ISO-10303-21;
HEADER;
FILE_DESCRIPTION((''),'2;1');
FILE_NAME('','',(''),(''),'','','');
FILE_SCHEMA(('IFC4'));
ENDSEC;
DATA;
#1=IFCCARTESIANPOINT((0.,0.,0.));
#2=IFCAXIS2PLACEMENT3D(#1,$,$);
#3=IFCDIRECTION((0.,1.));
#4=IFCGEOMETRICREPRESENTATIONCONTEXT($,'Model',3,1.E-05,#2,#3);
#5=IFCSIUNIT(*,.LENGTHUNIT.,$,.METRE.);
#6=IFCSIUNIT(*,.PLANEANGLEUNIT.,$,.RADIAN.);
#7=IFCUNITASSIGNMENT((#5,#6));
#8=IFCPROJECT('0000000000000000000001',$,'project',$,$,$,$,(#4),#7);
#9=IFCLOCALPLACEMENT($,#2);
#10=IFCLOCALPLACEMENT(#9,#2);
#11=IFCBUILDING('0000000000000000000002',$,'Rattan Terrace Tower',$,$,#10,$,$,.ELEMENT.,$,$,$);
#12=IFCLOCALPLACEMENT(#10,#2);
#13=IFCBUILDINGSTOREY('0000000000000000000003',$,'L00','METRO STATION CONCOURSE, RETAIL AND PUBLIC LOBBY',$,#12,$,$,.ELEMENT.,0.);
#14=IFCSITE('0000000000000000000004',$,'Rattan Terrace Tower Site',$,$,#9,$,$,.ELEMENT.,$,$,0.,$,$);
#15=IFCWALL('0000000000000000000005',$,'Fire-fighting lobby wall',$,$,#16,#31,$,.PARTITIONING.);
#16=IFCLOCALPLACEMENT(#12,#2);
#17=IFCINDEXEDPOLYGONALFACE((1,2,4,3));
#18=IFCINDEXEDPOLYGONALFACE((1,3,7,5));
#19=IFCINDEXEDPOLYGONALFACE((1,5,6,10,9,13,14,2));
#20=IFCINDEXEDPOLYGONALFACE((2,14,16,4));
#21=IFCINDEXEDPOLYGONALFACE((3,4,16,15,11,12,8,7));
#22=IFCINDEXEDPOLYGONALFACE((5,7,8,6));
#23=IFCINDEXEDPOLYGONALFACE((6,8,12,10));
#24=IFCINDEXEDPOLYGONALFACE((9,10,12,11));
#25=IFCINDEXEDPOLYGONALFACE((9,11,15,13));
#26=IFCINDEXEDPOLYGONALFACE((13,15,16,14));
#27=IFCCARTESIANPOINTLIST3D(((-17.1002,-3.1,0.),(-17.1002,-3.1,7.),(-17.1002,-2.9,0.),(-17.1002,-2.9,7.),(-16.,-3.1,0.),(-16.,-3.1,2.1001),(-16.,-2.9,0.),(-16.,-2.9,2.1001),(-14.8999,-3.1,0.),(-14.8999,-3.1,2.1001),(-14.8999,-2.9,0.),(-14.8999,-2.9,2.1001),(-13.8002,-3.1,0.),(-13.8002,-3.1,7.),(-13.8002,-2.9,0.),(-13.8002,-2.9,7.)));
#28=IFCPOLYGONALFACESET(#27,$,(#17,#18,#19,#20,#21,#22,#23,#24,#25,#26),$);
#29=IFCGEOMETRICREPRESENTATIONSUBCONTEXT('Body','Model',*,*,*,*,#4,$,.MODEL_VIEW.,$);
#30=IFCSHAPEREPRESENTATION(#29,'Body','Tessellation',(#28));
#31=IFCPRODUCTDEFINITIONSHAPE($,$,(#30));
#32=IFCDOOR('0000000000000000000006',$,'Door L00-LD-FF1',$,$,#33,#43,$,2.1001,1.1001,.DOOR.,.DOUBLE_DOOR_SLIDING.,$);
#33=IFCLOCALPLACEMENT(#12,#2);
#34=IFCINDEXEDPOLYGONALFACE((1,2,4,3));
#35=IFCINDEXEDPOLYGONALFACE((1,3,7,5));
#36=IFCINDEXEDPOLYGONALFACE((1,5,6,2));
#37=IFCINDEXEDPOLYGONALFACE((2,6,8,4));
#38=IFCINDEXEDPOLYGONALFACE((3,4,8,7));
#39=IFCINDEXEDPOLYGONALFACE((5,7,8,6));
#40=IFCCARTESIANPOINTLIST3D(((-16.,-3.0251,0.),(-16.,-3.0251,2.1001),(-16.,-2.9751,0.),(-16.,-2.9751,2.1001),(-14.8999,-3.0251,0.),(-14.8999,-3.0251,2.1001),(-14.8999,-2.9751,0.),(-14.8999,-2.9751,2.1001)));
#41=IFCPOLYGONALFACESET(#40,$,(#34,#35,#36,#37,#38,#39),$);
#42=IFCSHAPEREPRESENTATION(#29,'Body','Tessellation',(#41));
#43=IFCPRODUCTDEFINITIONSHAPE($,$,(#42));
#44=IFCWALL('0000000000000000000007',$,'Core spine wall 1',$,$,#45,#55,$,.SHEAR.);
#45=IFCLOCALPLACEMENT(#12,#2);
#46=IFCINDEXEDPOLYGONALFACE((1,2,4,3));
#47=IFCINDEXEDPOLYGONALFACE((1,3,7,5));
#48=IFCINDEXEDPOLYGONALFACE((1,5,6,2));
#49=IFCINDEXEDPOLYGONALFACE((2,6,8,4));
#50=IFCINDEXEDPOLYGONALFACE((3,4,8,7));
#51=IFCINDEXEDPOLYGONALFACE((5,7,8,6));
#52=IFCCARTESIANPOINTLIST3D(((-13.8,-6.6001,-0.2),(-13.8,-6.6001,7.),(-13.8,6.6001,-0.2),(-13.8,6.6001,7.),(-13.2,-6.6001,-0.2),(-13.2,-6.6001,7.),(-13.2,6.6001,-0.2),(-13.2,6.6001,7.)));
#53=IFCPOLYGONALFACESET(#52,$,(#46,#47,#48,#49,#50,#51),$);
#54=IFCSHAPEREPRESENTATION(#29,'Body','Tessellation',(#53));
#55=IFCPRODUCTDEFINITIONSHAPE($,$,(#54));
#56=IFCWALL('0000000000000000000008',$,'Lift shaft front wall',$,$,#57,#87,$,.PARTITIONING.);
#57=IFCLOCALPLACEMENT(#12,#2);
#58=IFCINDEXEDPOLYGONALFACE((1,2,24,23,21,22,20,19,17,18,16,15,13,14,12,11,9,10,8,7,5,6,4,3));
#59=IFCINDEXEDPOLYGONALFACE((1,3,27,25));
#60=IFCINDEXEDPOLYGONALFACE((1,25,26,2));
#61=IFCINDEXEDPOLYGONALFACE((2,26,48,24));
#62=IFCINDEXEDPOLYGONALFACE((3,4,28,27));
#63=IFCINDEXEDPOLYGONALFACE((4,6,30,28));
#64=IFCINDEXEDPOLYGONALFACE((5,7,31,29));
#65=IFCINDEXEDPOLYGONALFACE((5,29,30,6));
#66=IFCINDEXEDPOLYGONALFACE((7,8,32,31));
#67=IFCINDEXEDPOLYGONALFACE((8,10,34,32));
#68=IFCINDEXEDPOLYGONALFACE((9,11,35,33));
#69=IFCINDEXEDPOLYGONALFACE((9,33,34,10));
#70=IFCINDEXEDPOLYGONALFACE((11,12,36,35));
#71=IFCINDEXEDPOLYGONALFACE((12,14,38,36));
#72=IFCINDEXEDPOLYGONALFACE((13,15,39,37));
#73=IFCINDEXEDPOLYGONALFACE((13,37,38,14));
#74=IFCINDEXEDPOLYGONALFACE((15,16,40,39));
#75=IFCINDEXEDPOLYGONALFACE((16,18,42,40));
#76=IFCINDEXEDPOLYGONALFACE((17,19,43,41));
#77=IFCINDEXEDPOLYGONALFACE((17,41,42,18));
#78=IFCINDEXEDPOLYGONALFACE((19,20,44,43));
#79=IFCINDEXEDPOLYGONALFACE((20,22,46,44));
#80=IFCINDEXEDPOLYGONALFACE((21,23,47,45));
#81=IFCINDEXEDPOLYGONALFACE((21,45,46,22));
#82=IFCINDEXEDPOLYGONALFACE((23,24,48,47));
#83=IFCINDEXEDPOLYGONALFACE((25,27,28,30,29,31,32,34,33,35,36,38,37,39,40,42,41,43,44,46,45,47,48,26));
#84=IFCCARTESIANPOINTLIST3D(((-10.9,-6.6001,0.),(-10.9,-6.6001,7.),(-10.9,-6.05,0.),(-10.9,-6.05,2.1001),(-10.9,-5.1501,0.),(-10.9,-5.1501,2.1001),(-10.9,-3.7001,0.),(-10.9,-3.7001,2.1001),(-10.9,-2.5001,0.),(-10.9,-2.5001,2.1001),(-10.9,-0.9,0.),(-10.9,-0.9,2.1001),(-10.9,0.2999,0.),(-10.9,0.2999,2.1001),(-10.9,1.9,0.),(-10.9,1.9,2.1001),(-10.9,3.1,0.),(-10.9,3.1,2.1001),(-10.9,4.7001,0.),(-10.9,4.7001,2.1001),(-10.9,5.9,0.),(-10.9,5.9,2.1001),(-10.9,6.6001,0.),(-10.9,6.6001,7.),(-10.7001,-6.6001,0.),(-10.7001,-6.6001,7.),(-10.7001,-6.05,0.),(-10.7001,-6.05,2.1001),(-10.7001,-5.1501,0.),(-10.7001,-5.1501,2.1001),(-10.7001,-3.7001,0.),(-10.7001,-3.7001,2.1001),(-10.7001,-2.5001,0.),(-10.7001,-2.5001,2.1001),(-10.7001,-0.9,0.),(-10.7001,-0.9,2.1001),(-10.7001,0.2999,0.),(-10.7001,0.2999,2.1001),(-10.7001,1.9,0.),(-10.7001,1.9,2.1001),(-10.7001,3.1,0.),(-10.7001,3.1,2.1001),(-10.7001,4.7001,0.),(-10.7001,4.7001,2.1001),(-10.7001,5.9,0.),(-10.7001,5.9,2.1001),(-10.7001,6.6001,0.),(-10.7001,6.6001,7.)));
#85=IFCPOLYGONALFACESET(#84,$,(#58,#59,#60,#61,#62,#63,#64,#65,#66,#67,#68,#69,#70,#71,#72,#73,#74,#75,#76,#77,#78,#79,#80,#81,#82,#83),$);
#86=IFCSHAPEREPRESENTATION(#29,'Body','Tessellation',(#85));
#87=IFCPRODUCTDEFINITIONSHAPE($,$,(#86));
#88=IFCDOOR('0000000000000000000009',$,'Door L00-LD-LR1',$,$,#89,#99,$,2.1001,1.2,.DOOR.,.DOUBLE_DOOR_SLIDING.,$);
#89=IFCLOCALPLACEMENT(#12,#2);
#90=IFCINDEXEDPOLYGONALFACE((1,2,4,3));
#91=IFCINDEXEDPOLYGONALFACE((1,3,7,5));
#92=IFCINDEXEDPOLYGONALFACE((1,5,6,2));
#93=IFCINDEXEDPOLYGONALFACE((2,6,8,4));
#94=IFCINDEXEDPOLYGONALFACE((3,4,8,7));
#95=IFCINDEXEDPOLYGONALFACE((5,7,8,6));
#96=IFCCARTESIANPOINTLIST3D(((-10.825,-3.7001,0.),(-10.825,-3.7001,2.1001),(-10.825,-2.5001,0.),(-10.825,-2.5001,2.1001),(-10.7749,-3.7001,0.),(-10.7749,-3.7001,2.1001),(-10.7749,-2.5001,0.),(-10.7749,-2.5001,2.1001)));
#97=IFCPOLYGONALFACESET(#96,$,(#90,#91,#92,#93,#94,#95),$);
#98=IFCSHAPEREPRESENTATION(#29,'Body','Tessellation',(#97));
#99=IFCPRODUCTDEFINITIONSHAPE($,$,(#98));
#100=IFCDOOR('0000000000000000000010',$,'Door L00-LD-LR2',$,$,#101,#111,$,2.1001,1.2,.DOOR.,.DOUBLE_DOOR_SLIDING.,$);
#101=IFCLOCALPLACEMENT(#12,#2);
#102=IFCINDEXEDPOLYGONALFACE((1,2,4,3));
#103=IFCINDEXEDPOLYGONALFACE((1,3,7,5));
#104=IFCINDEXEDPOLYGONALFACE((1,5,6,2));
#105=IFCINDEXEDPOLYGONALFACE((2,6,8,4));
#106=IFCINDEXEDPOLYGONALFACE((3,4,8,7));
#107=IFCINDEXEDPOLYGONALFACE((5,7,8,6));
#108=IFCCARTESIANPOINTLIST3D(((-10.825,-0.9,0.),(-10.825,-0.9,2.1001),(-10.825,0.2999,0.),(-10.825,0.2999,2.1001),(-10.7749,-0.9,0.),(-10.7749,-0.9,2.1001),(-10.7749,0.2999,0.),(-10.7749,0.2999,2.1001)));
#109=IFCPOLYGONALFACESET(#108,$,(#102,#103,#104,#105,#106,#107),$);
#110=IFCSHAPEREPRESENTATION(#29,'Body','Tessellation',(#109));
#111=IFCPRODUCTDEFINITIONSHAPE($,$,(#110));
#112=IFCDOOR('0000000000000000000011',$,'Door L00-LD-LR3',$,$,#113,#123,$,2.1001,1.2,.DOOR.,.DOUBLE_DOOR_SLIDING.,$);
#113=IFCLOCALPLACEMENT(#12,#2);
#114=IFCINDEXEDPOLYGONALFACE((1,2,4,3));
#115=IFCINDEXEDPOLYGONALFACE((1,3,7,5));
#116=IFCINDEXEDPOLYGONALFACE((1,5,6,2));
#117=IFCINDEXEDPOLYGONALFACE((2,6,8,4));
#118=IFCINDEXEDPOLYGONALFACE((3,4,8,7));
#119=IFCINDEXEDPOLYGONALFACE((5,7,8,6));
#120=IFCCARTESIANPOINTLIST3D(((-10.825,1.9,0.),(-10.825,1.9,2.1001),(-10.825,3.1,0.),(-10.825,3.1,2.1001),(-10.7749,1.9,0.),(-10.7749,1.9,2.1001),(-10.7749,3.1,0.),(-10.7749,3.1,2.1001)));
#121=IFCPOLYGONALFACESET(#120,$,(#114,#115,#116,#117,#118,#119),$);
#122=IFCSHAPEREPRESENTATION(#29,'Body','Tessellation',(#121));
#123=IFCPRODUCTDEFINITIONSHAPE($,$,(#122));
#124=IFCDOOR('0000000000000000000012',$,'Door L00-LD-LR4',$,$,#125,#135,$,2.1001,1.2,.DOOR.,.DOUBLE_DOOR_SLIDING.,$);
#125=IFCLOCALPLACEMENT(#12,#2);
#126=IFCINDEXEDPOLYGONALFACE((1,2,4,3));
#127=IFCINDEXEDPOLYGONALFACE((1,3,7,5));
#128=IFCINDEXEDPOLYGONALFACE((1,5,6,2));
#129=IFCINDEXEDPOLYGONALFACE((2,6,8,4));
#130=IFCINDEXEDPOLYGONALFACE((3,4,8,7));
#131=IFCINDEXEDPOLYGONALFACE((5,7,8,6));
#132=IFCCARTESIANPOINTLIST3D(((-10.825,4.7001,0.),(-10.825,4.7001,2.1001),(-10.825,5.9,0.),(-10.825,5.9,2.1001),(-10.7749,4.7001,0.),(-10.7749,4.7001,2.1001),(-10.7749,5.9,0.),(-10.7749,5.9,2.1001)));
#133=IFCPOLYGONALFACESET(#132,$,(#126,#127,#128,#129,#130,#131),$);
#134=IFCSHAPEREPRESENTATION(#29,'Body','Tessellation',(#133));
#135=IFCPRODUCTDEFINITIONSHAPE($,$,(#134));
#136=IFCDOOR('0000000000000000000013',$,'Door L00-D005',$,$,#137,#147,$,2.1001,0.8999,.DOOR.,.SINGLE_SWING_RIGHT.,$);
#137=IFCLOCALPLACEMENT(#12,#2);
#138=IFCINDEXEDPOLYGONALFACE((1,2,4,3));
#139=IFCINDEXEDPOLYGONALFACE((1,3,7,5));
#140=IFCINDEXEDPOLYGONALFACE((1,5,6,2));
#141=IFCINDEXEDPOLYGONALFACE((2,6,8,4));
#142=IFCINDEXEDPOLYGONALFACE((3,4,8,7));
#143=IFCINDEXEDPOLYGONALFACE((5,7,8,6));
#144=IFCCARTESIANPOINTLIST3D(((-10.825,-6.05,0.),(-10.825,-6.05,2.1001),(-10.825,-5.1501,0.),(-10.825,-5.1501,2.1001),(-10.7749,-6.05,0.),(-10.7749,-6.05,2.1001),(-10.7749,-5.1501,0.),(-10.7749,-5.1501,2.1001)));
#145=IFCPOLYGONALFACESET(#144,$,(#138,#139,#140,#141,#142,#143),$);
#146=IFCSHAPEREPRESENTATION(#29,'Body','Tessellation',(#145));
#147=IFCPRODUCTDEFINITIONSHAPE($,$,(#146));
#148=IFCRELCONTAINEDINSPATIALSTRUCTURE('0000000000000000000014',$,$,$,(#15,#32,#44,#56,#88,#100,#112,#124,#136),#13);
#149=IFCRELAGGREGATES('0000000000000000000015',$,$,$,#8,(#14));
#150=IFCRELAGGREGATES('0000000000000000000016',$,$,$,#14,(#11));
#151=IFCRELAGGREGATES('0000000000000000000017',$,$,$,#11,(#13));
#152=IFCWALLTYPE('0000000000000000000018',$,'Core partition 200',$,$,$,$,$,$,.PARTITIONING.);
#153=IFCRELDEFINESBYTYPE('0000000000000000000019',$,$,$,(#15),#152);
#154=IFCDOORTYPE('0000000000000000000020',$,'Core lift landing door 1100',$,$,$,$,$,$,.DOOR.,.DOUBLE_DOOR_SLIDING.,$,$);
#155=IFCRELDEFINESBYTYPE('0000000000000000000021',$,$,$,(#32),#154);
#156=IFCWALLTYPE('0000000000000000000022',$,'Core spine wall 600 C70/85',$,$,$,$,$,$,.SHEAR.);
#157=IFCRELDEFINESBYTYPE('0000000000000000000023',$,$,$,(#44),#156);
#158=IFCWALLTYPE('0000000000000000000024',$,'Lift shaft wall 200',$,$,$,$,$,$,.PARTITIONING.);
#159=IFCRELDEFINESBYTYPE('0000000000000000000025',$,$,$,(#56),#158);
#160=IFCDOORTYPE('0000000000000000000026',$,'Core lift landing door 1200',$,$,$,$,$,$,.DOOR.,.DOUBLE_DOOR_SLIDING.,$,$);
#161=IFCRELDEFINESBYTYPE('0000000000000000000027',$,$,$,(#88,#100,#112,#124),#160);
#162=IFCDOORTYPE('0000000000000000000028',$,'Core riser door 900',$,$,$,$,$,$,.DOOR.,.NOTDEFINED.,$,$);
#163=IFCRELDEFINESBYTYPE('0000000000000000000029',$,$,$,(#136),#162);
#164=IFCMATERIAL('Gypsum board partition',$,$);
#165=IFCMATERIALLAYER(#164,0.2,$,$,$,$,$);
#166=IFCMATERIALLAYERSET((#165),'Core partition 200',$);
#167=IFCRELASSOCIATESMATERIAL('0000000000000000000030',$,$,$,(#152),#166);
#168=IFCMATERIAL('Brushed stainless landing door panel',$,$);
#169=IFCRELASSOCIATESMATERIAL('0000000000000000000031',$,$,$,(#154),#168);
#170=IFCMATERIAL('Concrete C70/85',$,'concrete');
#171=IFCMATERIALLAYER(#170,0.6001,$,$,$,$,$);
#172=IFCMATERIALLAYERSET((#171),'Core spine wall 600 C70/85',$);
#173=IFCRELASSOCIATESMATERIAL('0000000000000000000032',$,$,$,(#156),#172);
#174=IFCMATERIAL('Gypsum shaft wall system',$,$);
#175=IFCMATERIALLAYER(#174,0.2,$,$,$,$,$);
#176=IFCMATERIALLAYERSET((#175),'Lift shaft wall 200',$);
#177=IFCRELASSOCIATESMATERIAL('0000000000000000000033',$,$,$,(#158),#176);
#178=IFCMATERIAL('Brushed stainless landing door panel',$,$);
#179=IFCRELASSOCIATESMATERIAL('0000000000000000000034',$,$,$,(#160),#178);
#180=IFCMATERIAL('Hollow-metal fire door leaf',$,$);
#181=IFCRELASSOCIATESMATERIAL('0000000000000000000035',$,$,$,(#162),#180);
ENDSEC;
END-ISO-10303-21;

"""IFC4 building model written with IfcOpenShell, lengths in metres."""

from ifc_helpers import new_model, si_unit, direction, frame, frame_2d, origin, place, context, subcontext, project, spatial, rectangle, extrude, material, layer, layer_set, type_object, element, fill, save


model = new_model("IFC4")

# Units and contexts
model_context = context("Model", 3, precision=1e-05, world=origin(), true_north=direction((0.0, 1.0)))
body_context = subcontext(model_context, "Body", "Model", "MODEL_VIEW")
ifc_project = project(units=[si_unit("LENGTHUNIT", "METRE"), si_unit("PLANEANGLEUNIT", "RADIAN")], contexts=[model_context])

# Site, building, storey
site_placement = place(None, origin())
site = spatial("IfcSite", under=ifc_project, at=site_placement, Name="Rattan Terrace Tower Site", CompositionType="ELEMENT", RefElevation=0.0)
building_placement = place(site_placement, origin())
building = spatial("IfcBuilding", under=site, at=building_placement, Name="Rattan Terrace Tower", CompositionType="ELEMENT")
storey_placement = place(building_placement, origin())
storey = spatial("IfcBuildingStorey", under=building, at=storey_placement, Name="L00", Description="METRO STATION CONCOURSE, RETAIL AND PUBLIC LOBBY", CompositionType="ELEMENT", Elevation=0.0)

# Wall, opening, door
ifc_material_1 = material(Name="Gypsum board partition")
ifc_layer_1 = layer(ifc_material_1, 0.2)
ifc_layer_set_1 = layer_set([ifc_layer_1], Name="Core partition 200")
wall_type_1 = type_object("IfcWallType", Name="Core partition 200", PredefinedType="PARTITIONING", material=ifc_layer_set_1)
wall_1_placement = place(storey_placement, frame((-17.1001, -3.0, 0.0), z_axis=(0.0, 0.0, 1.0), x_axis=(1.0, 0.0, 0.0)))
wall_1 = element("IfcWall", 1, at=wall_1_placement, inside=storey, type_object=wall_type_1, Name="Fire-fighting lobby wall", PredefinedType="PARTITIONING", context=body_context, shape_type="SweptSolid", body=[
    extrude(rectangle(XDim=3.3, YDim=0.2, at=frame_2d((1.6499, 0.0))), origin(), (0.0, 0.0, 1.0), 7.0),
])
opening_1_placement = place(wall_1_placement, frame((1.1001, 0.0, 0.0)))
opening_1 = element("IfcOpeningElement", 2, at=opening_1_placement, cuts=wall_1, PredefinedType="OPENING", context=body_context, shape_type="SweptSolid", body=[
    extrude(rectangle(XDim=1.1001, YDim=2.1001, at=frame_2d((0.55, 1.05))), frame((0.0, 0.1106, 0.0), z_axis=(0.0, -1.0, 0.0), x_axis=(1.0, 0.0, 0.0)), (0.0, 0.0, 1.0), 0.2209),
])
ifc_material_2 = material(Name="Brushed stainless landing door panel")
door_type_1 = type_object("IfcDoorType", Name="Core lift landing door 1100", OperationType="DOUBLE_DOOR_SLIDING", PredefinedType="DOOR", material=ifc_material_2)
door_1_placement = place(opening_1_placement, origin())
door_1 = element("IfcDoor", 3, at=door_1_placement, inside=storey, type_object=door_type_1, Name="Door L00-LD-FF1", OperationType="DOUBLE_DOOR_SLIDING", OverallHeight=2.1001, OverallWidth=1.1001, PredefinedType="DOOR", context=body_context, shape_type="SweptSolid", body=[
    extrude(rectangle(XDim=1.1001, YDim=2.1001, at=frame_2d((0.55, 1.05))), frame((0.0, 0.0249, 0.0), z_axis=(0.0, -1.0, 0.0), x_axis=(1.0, 0.0, 0.0)), (0.0, 0.0, 1.0), 0.05),
])
fill(opening_1, door_1)

# Wall
ifc_material_3 = material(Name="Concrete C70/85", Category="concrete")
ifc_layer_2 = layer(ifc_material_3, 0.6001)
ifc_layer_set_2 = layer_set([ifc_layer_2], Name="Core spine wall 600 C70/85")
wall_type_2 = type_object("IfcWallType", Name="Core spine wall 600 C70/85", PredefinedType="SHEAR", material=ifc_layer_set_2)
wall_2_placement = place(storey_placement, frame((-13.5, -6.6001, -0.2), z_axis=(0.0, 0.0, 1.0), x_axis=(0.0, 1.0, 0.0)))
element("IfcWall", 4, at=wall_2_placement, inside=storey, type_object=wall_type_2, Name="Core spine wall 1", PredefinedType="SHEAR", context=body_context, shape_type="SweptSolid", body=[
    extrude(rectangle(XDim=13.2002, YDim=0.6001, at=frame_2d((6.6001, 0.0))), origin(), (0.0, 0.0, 1.0), 7.2),
])

# Wall, openings, doors
ifc_material_4 = material(Name="Gypsum shaft wall system")
ifc_layer_3 = layer(ifc_material_4, 0.2)
ifc_layer_set_3 = layer_set([ifc_layer_3], Name="Lift shaft wall 200")
wall_type_3 = type_object("IfcWallType", Name="Lift shaft wall 200", PredefinedType="PARTITIONING", material=ifc_layer_set_3)
wall_3_placement = place(storey_placement, frame((-10.8, -6.6001, 0.0), z_axis=(0.0, 0.0, 1.0), x_axis=(0.0, 1.0, 0.0)))
wall_3 = element("IfcWall", 5, at=wall_3_placement, inside=storey, type_object=wall_type_3, Name="Lift shaft front wall", PredefinedType="PARTITIONING", context=body_context, shape_type="SweptSolid", body=[
    extrude(rectangle(XDim=13.2002, YDim=0.2, at=frame_2d((6.6001, 0.0))), origin(), (0.0, 0.0, 1.0), 7.0),
])
opening_2_placement = place(wall_3_placement, frame((0.55, 0.0, 0.0)))
opening_2 = element("IfcOpeningElement", 6, at=opening_2_placement, cuts=wall_3, PredefinedType="OPENING", context=body_context, shape_type="SweptSolid", body=[
    extrude(rectangle(XDim=0.8999, YDim=2.1001, at=frame_2d((0.45, 1.05))), frame((0.0, 0.1106, 0.0), z_axis=(0.0, -1.0, 0.0), x_axis=(1.0, 0.0, 0.0)), (0.0, 0.0, 1.0), 0.2209),
])
opening_3_placement = place(wall_3_placement, frame((2.8999, 0.0, 0.0)))
opening_3 = element("IfcOpeningElement", 7, at=opening_3_placement, cuts=wall_3, PredefinedType="OPENING", context=body_context, shape_type="SweptSolid", body=[
    extrude(rectangle(XDim=1.2, YDim=2.1001, at=frame_2d((0.6001, 1.05))), frame((0.0, 0.1106, 0.0), z_axis=(0.0, -1.0, 0.0), x_axis=(1.0, 0.0, 0.0)), (0.0, 0.0, 1.0), 0.2209),
])
opening_4_placement = place(wall_3_placement, frame((5.7, 0.0, 0.0)))
opening_4 = element("IfcOpeningElement", 8, at=opening_4_placement, cuts=wall_3, PredefinedType="OPENING", context=body_context, shape_type="SweptSolid", body=[
    extrude(rectangle(XDim=1.2, YDim=2.1001, at=frame_2d((0.6001, 1.05))), frame((0.0, 0.1106, 0.0), z_axis=(0.0, -1.0, 0.0), x_axis=(1.0, 0.0, 0.0)), (0.0, 0.0, 1.0), 0.2209),
])
opening_5_placement = place(wall_3_placement, frame((8.5, 0.0, 0.0)))
opening_5 = element("IfcOpeningElement", 9, at=opening_5_placement, cuts=wall_3, PredefinedType="OPENING", context=body_context, shape_type="SweptSolid", body=[
    extrude(rectangle(XDim=1.2, YDim=2.1001, at=frame_2d((0.6001, 1.05))), frame((0.0, 0.1106, 0.0), z_axis=(0.0, -1.0, 0.0), x_axis=(1.0, 0.0, 0.0)), (0.0, 0.0, 1.0), 0.2209),
])
opening_6_placement = place(wall_3_placement, frame((11.3, 0.0, 0.0)))
opening_6 = element("IfcOpeningElement", 10, at=opening_6_placement, cuts=wall_3, PredefinedType="OPENING", context=body_context, shape_type="SweptSolid", body=[
    extrude(rectangle(XDim=1.2, YDim=2.1001, at=frame_2d((0.6001, 1.05))), frame((0.0, 0.1106, 0.0), z_axis=(0.0, -1.0, 0.0), x_axis=(1.0, 0.0, 0.0)), (0.0, 0.0, 1.0), 0.2209),
])
ifc_material_5 = material(Name="Brushed stainless landing door panel")
door_type_2 = type_object("IfcDoorType", Name="Core lift landing door 1200", OperationType="DOUBLE_DOOR_SLIDING", PredefinedType="DOOR", material=ifc_material_5)
door_2_placement = place(opening_3_placement, origin())
door_2 = element("IfcDoor", 11, at=door_2_placement, inside=storey, type_object=door_type_2, Name="Door L00-LD-LR1", OperationType="DOUBLE_DOOR_SLIDING", OverallHeight=2.1001, OverallWidth=1.2, PredefinedType="DOOR", context=body_context, shape_type="SweptSolid", body=[
    extrude(rectangle(XDim=1.2, YDim=2.1001, at=frame_2d((0.6001, 1.05))), frame((0.0, 0.0249, 0.0), z_axis=(0.0, -1.0, 0.0), x_axis=(1.0, 0.0, 0.0)), (0.0, 0.0, 1.0), 0.05),
])
fill(opening_3, door_2)
door_3_placement = place(opening_4_placement, origin())
door_3 = element("IfcDoor", 12, at=door_3_placement, inside=storey, type_object=door_type_2, Name="Door L00-LD-LR2", OperationType="DOUBLE_DOOR_SLIDING", OverallHeight=2.1001, OverallWidth=1.2, PredefinedType="DOOR", context=body_context, shape_type="SweptSolid", body=[
    extrude(rectangle(XDim=1.2, YDim=2.1001, at=frame_2d((0.6001, 1.05))), frame((0.0, 0.0249, 0.0), z_axis=(0.0, -1.0, 0.0), x_axis=(1.0, 0.0, 0.0)), (0.0, 0.0, 1.0), 0.05),
])
fill(opening_4, door_3)
door_4_placement = place(opening_5_placement, origin())
door_4 = element("IfcDoor", 13, at=door_4_placement, inside=storey, type_object=door_type_2, Name="Door L00-LD-LR3", OperationType="DOUBLE_DOOR_SLIDING", OverallHeight=2.1001, OverallWidth=1.2, PredefinedType="DOOR", context=body_context, shape_type="SweptSolid", body=[
    extrude(rectangle(XDim=1.2, YDim=2.1001, at=frame_2d((0.6001, 1.05))), frame((0.0, 0.0249, 0.0), z_axis=(0.0, -1.0, 0.0), x_axis=(1.0, 0.0, 0.0)), (0.0, 0.0, 1.0), 0.05),
])
fill(opening_5, door_4)
door_5_placement = place(opening_6_placement, origin())
door_5 = element("IfcDoor", 14, at=door_5_placement, inside=storey, type_object=door_type_2, Name="Door L00-LD-LR4", OperationType="DOUBLE_DOOR_SLIDING", OverallHeight=2.1001, OverallWidth=1.2, PredefinedType="DOOR", context=body_context, shape_type="SweptSolid", body=[
    extrude(rectangle(XDim=1.2, YDim=2.1001, at=frame_2d((0.6001, 1.05))), frame((0.0, 0.0249, 0.0), z_axis=(0.0, -1.0, 0.0), x_axis=(1.0, 0.0, 0.0)), (0.0, 0.0, 1.0), 0.05),
])
fill(opening_6, door_5)
ifc_material_6 = material(Name="Hollow-metal fire door leaf")
door_type_3 = type_object("IfcDoorType", Name="Core riser door 900", OperationType="NOTDEFINED", PredefinedType="DOOR", material=ifc_material_6)
door_6_placement = place(opening_2_placement, origin())
door_6 = element("IfcDoor", 15, at=door_6_placement, inside=storey, type_object=door_type_3, Name="Door L00-D005", OperationType="SINGLE_SWING_RIGHT", OverallHeight=2.1001, OverallWidth=0.8999, PredefinedType="DOOR", context=body_context, shape_type="SweptSolid", body=[
    extrude(rectangle(XDim=0.8999, YDim=2.1001, at=frame_2d((0.45, 1.05))), frame((0.0, 0.0249, 0.0), z_axis=(0.0, -1.0, 0.0), x_axis=(1.0, 0.0, 0.0)), (0.0, 0.0, 1.0), 0.05),
])
fill(opening_2, door_6)

save(model, "model.ifc")
